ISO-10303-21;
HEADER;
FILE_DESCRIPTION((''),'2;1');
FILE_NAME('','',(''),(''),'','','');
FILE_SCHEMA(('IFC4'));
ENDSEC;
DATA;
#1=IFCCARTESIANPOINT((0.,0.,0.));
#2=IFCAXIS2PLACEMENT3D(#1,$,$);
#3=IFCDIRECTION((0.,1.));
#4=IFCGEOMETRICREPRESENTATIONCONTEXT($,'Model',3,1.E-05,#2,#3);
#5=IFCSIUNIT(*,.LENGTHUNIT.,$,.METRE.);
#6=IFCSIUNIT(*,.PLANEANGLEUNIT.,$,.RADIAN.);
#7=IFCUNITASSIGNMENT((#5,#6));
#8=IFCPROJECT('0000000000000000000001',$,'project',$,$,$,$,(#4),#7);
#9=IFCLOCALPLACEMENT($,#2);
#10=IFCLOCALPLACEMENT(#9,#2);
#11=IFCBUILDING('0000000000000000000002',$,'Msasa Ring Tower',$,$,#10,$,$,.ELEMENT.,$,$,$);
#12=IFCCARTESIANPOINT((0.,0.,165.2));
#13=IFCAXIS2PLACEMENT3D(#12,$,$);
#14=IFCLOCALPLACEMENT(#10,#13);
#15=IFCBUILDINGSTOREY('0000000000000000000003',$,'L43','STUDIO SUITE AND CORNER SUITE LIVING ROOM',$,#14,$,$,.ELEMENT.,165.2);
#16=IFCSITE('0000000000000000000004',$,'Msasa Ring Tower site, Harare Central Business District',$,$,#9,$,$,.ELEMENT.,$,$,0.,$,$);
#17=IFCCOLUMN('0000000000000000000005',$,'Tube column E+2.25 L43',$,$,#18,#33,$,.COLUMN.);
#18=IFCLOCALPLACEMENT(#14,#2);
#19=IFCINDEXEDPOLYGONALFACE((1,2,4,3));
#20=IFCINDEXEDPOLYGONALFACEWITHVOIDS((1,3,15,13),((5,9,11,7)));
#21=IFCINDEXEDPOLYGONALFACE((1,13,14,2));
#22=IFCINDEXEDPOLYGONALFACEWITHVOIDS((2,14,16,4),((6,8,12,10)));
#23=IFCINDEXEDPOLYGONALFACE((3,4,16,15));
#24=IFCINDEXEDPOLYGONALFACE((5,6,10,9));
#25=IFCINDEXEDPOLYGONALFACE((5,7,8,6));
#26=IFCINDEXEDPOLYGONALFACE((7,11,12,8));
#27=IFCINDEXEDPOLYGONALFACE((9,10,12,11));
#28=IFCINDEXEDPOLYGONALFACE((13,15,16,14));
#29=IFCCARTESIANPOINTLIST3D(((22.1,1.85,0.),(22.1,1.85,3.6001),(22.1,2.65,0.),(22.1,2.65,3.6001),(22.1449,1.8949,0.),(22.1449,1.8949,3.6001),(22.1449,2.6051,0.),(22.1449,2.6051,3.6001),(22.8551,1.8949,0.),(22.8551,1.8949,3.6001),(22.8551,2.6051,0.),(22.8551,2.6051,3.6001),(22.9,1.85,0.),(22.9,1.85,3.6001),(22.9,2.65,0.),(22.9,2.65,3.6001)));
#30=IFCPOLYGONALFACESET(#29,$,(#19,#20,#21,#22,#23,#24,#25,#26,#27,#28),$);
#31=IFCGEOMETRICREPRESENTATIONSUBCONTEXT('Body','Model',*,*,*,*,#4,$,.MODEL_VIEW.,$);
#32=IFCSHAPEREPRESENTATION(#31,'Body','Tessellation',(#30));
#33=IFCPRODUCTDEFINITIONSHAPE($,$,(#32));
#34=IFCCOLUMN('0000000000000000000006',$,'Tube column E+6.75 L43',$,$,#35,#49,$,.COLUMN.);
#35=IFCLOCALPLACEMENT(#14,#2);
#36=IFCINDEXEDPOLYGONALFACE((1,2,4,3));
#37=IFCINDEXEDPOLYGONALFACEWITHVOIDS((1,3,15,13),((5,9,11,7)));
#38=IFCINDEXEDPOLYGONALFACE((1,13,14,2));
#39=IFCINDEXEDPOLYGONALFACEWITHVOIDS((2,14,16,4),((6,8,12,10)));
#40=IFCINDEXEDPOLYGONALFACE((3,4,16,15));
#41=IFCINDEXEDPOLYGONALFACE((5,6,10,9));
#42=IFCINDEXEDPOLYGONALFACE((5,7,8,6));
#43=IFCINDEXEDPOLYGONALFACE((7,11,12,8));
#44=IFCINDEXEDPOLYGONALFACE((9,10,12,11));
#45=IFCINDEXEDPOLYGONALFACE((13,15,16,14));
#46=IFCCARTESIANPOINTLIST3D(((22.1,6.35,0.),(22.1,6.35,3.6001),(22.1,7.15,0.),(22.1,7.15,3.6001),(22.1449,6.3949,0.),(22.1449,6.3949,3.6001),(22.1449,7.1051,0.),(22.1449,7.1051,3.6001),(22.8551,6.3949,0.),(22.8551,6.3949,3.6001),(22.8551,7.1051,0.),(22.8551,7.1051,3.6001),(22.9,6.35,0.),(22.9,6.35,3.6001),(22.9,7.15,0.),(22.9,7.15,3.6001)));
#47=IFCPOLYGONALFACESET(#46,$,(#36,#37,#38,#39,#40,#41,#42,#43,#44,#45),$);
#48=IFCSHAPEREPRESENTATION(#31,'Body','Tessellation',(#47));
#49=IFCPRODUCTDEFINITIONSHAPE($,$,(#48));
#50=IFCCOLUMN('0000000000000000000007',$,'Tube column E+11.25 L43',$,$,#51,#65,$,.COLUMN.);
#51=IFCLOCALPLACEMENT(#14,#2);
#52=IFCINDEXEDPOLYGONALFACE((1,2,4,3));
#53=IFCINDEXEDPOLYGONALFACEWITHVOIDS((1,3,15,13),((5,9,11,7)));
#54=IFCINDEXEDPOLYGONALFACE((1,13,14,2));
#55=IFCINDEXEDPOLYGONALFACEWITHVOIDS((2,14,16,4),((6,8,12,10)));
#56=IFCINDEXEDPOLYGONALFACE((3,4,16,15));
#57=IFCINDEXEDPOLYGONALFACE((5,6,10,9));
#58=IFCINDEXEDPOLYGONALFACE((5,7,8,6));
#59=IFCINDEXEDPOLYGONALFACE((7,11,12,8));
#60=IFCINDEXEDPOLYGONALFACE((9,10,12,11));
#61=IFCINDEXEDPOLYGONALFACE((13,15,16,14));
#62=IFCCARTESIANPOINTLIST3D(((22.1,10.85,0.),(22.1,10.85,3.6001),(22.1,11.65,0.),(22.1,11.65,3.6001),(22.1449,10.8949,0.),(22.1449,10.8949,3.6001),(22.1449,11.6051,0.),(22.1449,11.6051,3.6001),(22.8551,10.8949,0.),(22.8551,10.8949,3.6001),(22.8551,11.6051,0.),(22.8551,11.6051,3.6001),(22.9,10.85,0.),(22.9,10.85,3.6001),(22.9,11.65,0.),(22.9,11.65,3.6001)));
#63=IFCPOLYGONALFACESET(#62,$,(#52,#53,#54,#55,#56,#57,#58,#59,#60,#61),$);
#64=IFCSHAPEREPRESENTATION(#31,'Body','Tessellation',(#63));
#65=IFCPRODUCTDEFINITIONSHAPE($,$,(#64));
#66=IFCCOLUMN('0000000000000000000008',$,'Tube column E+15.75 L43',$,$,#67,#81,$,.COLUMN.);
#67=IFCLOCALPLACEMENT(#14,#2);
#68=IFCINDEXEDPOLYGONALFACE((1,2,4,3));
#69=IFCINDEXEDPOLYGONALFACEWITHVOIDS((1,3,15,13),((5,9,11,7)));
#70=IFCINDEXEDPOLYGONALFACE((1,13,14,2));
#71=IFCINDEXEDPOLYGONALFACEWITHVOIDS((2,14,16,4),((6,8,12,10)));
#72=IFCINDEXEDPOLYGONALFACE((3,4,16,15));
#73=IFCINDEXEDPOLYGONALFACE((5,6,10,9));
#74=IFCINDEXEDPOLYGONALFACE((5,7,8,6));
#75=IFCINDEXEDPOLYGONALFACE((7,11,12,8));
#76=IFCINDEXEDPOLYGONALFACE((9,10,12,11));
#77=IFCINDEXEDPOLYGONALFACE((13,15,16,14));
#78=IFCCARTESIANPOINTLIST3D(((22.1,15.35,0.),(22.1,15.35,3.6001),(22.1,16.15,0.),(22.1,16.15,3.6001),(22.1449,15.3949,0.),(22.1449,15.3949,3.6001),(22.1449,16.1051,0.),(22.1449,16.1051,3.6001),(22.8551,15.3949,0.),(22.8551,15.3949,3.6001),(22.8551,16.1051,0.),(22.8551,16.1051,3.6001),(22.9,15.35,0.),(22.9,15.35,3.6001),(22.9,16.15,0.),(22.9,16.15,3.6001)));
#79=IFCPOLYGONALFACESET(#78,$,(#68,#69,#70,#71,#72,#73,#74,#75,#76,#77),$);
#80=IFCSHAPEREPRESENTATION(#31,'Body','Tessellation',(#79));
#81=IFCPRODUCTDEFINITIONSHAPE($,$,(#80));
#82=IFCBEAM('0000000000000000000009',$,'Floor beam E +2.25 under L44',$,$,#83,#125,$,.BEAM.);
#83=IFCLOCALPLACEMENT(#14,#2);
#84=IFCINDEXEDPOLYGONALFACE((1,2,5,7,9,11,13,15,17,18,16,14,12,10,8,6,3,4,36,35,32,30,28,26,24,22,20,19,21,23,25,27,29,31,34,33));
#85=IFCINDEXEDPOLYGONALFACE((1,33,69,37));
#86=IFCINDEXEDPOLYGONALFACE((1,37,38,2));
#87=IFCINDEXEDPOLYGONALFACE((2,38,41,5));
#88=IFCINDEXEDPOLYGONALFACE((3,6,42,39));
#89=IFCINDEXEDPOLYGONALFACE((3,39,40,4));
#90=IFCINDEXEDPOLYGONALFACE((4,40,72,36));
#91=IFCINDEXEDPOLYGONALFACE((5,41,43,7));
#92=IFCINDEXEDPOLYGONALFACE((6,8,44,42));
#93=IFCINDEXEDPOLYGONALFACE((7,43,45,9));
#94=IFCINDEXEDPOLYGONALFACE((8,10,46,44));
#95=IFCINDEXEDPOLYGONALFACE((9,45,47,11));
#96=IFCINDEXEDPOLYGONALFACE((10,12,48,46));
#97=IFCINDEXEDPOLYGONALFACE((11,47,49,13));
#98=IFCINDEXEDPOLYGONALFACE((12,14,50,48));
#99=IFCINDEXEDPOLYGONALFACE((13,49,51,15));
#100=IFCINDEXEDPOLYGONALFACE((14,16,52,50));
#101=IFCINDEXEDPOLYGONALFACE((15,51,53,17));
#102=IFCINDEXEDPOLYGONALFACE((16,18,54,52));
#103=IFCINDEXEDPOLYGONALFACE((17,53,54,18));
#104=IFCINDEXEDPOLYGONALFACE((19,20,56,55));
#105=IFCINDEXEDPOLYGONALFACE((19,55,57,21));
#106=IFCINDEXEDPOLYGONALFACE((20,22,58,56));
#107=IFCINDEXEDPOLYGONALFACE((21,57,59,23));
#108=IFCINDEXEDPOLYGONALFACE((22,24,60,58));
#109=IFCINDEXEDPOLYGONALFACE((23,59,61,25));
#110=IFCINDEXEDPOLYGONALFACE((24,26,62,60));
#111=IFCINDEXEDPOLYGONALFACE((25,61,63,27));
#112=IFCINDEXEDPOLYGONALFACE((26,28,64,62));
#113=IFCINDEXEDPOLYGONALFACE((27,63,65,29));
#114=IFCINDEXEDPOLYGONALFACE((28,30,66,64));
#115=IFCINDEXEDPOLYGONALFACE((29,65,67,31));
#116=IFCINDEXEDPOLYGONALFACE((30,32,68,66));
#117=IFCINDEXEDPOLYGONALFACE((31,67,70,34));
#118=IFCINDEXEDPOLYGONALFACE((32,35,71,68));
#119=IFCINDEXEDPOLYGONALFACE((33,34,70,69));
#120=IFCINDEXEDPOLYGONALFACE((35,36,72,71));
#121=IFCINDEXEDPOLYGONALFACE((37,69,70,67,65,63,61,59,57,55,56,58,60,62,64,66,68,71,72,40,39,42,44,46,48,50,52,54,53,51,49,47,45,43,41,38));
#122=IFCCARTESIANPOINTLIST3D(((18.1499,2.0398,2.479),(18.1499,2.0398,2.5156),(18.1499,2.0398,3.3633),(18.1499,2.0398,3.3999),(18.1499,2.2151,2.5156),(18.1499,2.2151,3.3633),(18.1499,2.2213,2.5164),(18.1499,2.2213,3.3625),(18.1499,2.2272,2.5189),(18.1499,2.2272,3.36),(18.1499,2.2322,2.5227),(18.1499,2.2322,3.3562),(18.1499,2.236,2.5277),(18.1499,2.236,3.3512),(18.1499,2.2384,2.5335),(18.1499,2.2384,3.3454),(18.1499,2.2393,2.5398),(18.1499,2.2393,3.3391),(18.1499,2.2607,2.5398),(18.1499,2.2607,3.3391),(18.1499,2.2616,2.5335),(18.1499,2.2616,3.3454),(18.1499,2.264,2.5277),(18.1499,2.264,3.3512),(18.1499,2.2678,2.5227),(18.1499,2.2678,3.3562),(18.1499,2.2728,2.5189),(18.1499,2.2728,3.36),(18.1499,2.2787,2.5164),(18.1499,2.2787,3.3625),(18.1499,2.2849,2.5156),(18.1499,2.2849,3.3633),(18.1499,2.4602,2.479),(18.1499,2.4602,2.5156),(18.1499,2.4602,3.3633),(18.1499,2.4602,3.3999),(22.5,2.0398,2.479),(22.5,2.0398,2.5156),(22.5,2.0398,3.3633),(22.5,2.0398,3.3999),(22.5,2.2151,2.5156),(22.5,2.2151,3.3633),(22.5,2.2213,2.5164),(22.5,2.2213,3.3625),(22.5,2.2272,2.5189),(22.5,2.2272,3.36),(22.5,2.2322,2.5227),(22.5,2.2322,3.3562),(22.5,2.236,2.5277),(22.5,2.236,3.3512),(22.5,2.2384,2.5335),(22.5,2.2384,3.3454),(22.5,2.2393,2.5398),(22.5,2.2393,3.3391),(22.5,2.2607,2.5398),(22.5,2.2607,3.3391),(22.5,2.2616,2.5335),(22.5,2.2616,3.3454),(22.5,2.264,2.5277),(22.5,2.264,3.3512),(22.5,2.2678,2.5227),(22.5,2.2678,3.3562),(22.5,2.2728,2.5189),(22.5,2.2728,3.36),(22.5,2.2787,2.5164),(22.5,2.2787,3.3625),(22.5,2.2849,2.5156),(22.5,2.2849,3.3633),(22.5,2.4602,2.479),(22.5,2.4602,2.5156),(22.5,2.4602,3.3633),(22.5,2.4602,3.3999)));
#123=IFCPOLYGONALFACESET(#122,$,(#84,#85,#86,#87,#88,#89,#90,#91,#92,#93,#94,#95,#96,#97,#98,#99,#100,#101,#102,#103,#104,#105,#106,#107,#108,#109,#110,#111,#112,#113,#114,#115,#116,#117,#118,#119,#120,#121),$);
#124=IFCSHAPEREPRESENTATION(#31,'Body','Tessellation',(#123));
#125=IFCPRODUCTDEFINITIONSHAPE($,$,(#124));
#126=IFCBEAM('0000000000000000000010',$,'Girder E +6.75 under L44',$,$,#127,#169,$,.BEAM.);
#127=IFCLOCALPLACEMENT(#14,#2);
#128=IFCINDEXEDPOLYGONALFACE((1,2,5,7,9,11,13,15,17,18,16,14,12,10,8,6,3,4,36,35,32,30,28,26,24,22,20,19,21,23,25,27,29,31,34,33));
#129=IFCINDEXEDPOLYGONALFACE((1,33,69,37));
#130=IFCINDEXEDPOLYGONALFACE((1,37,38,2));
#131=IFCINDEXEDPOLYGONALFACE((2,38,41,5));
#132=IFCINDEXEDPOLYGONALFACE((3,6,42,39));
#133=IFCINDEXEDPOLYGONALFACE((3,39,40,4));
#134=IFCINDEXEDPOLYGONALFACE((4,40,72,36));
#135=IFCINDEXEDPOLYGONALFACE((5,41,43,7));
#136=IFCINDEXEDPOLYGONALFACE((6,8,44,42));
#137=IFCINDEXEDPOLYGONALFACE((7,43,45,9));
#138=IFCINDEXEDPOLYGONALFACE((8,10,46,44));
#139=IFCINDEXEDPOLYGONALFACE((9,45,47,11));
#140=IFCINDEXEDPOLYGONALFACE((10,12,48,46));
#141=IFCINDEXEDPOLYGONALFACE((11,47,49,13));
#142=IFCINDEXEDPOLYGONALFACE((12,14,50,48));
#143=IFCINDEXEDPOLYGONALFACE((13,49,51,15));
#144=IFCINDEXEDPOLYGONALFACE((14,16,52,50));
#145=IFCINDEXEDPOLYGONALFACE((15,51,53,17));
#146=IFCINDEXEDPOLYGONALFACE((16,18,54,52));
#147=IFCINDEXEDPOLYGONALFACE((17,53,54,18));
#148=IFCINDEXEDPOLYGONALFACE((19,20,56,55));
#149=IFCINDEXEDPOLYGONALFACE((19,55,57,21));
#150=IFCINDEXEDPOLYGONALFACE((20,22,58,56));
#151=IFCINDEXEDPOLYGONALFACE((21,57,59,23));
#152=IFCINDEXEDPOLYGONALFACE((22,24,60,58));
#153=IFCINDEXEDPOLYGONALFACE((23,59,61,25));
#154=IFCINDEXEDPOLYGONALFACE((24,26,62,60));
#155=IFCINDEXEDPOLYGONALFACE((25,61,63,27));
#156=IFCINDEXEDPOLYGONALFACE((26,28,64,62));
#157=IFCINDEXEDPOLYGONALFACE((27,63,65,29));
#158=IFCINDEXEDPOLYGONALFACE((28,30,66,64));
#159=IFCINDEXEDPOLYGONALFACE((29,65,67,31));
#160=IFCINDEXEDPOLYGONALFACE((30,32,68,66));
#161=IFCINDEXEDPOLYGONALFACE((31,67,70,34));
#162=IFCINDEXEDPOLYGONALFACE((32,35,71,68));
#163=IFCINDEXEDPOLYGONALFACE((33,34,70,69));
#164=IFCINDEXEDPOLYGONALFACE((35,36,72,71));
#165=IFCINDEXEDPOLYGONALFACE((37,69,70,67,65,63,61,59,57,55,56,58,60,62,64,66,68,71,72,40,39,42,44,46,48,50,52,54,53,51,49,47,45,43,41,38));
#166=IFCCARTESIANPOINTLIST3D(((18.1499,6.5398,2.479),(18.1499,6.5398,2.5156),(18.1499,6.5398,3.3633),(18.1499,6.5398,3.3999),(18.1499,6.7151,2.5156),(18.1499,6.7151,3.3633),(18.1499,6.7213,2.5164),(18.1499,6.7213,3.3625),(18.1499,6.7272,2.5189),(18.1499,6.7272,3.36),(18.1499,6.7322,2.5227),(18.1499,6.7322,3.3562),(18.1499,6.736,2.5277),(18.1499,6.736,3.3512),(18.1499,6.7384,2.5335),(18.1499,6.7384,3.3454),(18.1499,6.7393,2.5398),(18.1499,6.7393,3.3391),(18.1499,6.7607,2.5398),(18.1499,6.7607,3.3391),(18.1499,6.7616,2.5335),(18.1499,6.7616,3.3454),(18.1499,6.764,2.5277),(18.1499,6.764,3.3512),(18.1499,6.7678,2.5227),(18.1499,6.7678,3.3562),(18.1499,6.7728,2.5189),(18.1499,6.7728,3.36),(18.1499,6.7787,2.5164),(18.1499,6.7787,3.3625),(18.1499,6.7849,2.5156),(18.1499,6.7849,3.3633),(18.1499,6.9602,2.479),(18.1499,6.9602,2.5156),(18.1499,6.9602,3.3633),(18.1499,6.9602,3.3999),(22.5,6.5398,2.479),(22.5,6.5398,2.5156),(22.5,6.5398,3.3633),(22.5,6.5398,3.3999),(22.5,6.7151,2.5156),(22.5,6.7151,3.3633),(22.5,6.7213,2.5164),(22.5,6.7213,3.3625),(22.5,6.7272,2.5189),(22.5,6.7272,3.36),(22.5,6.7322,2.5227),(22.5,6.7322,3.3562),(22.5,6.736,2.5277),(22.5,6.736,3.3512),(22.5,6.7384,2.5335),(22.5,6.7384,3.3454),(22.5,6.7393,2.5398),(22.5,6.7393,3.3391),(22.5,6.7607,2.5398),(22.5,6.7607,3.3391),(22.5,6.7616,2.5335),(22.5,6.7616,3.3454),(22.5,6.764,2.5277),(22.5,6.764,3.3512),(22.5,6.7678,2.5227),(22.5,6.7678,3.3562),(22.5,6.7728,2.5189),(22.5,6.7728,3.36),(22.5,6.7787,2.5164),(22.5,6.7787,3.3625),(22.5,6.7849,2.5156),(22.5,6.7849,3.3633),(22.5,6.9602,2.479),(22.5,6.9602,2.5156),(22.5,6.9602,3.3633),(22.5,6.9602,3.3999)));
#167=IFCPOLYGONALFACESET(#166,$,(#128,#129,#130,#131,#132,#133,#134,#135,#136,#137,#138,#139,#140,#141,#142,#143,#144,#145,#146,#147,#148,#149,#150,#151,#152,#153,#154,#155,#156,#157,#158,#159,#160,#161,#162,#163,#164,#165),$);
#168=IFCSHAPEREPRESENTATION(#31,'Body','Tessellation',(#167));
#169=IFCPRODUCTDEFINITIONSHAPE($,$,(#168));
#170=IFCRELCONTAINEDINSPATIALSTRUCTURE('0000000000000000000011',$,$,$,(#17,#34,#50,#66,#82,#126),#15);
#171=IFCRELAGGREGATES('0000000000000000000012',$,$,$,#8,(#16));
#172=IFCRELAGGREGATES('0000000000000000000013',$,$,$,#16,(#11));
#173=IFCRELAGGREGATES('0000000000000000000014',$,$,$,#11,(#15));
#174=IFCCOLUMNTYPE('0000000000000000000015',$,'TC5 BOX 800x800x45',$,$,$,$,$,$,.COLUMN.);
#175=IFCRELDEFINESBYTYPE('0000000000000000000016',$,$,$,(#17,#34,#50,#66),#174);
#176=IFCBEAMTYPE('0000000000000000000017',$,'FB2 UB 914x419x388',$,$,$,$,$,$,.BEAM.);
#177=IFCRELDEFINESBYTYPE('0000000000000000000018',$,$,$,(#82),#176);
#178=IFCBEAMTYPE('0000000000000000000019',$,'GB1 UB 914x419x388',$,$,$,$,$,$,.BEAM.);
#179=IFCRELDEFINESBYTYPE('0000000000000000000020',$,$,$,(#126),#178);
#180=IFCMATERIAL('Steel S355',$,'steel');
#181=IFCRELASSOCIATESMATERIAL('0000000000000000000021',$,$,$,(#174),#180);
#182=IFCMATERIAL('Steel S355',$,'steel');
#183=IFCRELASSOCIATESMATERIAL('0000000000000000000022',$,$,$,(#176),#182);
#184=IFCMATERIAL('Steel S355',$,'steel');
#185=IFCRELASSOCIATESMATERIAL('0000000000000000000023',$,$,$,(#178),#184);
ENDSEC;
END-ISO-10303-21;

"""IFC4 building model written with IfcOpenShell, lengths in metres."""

from ifc_helpers import new_model, si_unit, direction, frame, origin, origin_2d, place, context, subcontext, project, spatial, hollow_rectangle, i_section, extrude, material, material_profile, profile_set, type_object, element, save


model = new_model("IFC4")

# Units and contexts
model_context = context("Model", 3, precision=1e-05, world=origin(), true_north=direction((0.0, 1.0)))
body_context = subcontext(model_context, "Body", "Model", "MODEL_VIEW")
ifc_project = project(units=[si_unit("LENGTHUNIT", "METRE"), si_unit("PLANEANGLEUNIT", "RADIAN")], contexts=[model_context])

# Site, building, storey
site_placement = place(None, origin())
site = spatial("IfcSite", under=ifc_project, at=site_placement, Name="Msasa Ring Tower site, Harare Central Business District", CompositionType="ELEMENT", RefElevation=0.0)
building_placement = place(site_placement, origin())
building = spatial("IfcBuilding", under=site, at=building_placement, Name="Msasa Ring Tower", CompositionType="ELEMENT")
storey_placement = place(building_placement, frame((0.0, 0.0, 165.2)))
storey = spatial("IfcBuildingStorey", under=building, at=storey_placement, Name="L43", Description="STUDIO SUITE AND CORNER SUITE LIVING ROOM", CompositionType="ELEMENT", Elevation=165.2)

# Columns
ifc_material_1 = material(Name="Steel S355", Category="steel")
ifc_material_profile_1 = material_profile(ifc_material_1, hollow_rectangle(XDim=0.8, YDim=0.8, WallThickness=0.0449, at=origin_2d()), Name="BOX 800x800x45")
ifc_profile_set_1 = profile_set([ifc_material_profile_1], Name="Steel S355")
column_type = type_object("IfcColumnType", Name="TC5 BOX 800x800x45", PredefinedType="COLUMN", material=ifc_profile_set_1)
for number, where, z_axis, x_axis, name in (
    (1, (22.5, 2.25, 0.0), (0.0, 0.0, 1.0), (1.0, 0.0, 0.0), "Tube column E+2.25 L43"),
    (2, (22.5, 6.75, 0.0), (0.0, 0.0, 1.0), (1.0, 0.0, 0.0), "Tube column E+6.75 L43"),
    (3, (22.5, 11.25, 0.0), (0.0, 0.0, 1.0), (1.0, 0.0, 0.0), "Tube column E+11.25 L43"),
    (4, (22.5, 15.75, 0.0), (0.0, 0.0, 1.0), (1.0, 0.0, 0.0), "Tube column E+15.75 L43"),
):
    element("IfcColumn", number, at=place(storey_placement, frame(where, z_axis=z_axis, x_axis=x_axis)), inside=storey, type_object=column_type, Name=name, PredefinedType="COLUMN", context=body_context, shape_type="SweptSolid", body=[
        extrude(hollow_rectangle(XDim=0.8, YDim=0.8, WallThickness=0.0449, at=origin_2d()), origin(), (0.0, 0.0, 1.0), 3.6001),
    ])

# Beams
ifc_material_2 = material(Name="Steel S355", Category="steel")
ifc_material_profile_2 = material_profile(ifc_material_2, i_section(OverallWidth=0.4204, OverallDepth=0.9209, WebThickness=0.0215, FlangeThickness=0.0366, FilletRadius=0.0242, at=origin_2d()), Name="UB 914x419x388")
ifc_profile_set_2 = profile_set([ifc_material_profile_2], Name="Steel S355")
beam_type_1 = type_object("IfcBeamType", Name="FB2 UB 914x419x388", PredefinedType="BEAM", material=ifc_profile_set_2)
beam_1_placement = place(storey_placement, frame((22.5, 2.25, 2.9395), z_axis=(-1.0, 0.0, 0.0), x_axis=(0.0, -1.0, 0.0)))
element("IfcBeam", 5, at=beam_1_placement, inside=storey, type_object=beam_type_1, Name="Floor beam E +2.25 under L44", PredefinedType="BEAM", context=body_context, shape_type="SweptSolid", body=[
    extrude(i_section(OverallWidth=0.4204, OverallDepth=0.9209, WebThickness=0.0215, FlangeThickness=0.0366, FilletRadius=0.0242, at=origin_2d()), origin(), (0.0, 0.0, 1.0), 4.3501),
])
ifc_material_3 = material(Name="Steel S355", Category="steel")
ifc_material_profile_3 = material_profile(ifc_material_3, i_section(OverallWidth=0.4204, OverallDepth=0.9209, WebThickness=0.0215, FlangeThickness=0.0366, FilletRadius=0.0242, at=origin_2d()), Name="UB 914x419x388")
ifc_profile_set_3 = profile_set([ifc_material_profile_3], Name="Steel S355")
beam_type_2 = type_object("IfcBeamType", Name="GB1 UB 914x419x388", PredefinedType="BEAM", material=ifc_profile_set_3)
beam_2_placement = place(storey_placement, frame((18.1499, 6.75, 2.9395), z_axis=(1.0, 0.0, 0.0), x_axis=(0.0, 1.0, 0.0)))
element("IfcBeam", 6, at=beam_2_placement, inside=storey, type_object=beam_type_2, Name="Girder E +6.75 under L44", PredefinedType="BEAM", context=body_context, shape_type="SweptSolid", body=[
    extrude(i_section(OverallWidth=0.4204, OverallDepth=0.9209, WebThickness=0.0215, FlangeThickness=0.0366, FilletRadius=0.0242, at=origin_2d()), origin(), (0.0, 0.0, 1.0), 4.3501),
])

save(model, "model.ifc")
